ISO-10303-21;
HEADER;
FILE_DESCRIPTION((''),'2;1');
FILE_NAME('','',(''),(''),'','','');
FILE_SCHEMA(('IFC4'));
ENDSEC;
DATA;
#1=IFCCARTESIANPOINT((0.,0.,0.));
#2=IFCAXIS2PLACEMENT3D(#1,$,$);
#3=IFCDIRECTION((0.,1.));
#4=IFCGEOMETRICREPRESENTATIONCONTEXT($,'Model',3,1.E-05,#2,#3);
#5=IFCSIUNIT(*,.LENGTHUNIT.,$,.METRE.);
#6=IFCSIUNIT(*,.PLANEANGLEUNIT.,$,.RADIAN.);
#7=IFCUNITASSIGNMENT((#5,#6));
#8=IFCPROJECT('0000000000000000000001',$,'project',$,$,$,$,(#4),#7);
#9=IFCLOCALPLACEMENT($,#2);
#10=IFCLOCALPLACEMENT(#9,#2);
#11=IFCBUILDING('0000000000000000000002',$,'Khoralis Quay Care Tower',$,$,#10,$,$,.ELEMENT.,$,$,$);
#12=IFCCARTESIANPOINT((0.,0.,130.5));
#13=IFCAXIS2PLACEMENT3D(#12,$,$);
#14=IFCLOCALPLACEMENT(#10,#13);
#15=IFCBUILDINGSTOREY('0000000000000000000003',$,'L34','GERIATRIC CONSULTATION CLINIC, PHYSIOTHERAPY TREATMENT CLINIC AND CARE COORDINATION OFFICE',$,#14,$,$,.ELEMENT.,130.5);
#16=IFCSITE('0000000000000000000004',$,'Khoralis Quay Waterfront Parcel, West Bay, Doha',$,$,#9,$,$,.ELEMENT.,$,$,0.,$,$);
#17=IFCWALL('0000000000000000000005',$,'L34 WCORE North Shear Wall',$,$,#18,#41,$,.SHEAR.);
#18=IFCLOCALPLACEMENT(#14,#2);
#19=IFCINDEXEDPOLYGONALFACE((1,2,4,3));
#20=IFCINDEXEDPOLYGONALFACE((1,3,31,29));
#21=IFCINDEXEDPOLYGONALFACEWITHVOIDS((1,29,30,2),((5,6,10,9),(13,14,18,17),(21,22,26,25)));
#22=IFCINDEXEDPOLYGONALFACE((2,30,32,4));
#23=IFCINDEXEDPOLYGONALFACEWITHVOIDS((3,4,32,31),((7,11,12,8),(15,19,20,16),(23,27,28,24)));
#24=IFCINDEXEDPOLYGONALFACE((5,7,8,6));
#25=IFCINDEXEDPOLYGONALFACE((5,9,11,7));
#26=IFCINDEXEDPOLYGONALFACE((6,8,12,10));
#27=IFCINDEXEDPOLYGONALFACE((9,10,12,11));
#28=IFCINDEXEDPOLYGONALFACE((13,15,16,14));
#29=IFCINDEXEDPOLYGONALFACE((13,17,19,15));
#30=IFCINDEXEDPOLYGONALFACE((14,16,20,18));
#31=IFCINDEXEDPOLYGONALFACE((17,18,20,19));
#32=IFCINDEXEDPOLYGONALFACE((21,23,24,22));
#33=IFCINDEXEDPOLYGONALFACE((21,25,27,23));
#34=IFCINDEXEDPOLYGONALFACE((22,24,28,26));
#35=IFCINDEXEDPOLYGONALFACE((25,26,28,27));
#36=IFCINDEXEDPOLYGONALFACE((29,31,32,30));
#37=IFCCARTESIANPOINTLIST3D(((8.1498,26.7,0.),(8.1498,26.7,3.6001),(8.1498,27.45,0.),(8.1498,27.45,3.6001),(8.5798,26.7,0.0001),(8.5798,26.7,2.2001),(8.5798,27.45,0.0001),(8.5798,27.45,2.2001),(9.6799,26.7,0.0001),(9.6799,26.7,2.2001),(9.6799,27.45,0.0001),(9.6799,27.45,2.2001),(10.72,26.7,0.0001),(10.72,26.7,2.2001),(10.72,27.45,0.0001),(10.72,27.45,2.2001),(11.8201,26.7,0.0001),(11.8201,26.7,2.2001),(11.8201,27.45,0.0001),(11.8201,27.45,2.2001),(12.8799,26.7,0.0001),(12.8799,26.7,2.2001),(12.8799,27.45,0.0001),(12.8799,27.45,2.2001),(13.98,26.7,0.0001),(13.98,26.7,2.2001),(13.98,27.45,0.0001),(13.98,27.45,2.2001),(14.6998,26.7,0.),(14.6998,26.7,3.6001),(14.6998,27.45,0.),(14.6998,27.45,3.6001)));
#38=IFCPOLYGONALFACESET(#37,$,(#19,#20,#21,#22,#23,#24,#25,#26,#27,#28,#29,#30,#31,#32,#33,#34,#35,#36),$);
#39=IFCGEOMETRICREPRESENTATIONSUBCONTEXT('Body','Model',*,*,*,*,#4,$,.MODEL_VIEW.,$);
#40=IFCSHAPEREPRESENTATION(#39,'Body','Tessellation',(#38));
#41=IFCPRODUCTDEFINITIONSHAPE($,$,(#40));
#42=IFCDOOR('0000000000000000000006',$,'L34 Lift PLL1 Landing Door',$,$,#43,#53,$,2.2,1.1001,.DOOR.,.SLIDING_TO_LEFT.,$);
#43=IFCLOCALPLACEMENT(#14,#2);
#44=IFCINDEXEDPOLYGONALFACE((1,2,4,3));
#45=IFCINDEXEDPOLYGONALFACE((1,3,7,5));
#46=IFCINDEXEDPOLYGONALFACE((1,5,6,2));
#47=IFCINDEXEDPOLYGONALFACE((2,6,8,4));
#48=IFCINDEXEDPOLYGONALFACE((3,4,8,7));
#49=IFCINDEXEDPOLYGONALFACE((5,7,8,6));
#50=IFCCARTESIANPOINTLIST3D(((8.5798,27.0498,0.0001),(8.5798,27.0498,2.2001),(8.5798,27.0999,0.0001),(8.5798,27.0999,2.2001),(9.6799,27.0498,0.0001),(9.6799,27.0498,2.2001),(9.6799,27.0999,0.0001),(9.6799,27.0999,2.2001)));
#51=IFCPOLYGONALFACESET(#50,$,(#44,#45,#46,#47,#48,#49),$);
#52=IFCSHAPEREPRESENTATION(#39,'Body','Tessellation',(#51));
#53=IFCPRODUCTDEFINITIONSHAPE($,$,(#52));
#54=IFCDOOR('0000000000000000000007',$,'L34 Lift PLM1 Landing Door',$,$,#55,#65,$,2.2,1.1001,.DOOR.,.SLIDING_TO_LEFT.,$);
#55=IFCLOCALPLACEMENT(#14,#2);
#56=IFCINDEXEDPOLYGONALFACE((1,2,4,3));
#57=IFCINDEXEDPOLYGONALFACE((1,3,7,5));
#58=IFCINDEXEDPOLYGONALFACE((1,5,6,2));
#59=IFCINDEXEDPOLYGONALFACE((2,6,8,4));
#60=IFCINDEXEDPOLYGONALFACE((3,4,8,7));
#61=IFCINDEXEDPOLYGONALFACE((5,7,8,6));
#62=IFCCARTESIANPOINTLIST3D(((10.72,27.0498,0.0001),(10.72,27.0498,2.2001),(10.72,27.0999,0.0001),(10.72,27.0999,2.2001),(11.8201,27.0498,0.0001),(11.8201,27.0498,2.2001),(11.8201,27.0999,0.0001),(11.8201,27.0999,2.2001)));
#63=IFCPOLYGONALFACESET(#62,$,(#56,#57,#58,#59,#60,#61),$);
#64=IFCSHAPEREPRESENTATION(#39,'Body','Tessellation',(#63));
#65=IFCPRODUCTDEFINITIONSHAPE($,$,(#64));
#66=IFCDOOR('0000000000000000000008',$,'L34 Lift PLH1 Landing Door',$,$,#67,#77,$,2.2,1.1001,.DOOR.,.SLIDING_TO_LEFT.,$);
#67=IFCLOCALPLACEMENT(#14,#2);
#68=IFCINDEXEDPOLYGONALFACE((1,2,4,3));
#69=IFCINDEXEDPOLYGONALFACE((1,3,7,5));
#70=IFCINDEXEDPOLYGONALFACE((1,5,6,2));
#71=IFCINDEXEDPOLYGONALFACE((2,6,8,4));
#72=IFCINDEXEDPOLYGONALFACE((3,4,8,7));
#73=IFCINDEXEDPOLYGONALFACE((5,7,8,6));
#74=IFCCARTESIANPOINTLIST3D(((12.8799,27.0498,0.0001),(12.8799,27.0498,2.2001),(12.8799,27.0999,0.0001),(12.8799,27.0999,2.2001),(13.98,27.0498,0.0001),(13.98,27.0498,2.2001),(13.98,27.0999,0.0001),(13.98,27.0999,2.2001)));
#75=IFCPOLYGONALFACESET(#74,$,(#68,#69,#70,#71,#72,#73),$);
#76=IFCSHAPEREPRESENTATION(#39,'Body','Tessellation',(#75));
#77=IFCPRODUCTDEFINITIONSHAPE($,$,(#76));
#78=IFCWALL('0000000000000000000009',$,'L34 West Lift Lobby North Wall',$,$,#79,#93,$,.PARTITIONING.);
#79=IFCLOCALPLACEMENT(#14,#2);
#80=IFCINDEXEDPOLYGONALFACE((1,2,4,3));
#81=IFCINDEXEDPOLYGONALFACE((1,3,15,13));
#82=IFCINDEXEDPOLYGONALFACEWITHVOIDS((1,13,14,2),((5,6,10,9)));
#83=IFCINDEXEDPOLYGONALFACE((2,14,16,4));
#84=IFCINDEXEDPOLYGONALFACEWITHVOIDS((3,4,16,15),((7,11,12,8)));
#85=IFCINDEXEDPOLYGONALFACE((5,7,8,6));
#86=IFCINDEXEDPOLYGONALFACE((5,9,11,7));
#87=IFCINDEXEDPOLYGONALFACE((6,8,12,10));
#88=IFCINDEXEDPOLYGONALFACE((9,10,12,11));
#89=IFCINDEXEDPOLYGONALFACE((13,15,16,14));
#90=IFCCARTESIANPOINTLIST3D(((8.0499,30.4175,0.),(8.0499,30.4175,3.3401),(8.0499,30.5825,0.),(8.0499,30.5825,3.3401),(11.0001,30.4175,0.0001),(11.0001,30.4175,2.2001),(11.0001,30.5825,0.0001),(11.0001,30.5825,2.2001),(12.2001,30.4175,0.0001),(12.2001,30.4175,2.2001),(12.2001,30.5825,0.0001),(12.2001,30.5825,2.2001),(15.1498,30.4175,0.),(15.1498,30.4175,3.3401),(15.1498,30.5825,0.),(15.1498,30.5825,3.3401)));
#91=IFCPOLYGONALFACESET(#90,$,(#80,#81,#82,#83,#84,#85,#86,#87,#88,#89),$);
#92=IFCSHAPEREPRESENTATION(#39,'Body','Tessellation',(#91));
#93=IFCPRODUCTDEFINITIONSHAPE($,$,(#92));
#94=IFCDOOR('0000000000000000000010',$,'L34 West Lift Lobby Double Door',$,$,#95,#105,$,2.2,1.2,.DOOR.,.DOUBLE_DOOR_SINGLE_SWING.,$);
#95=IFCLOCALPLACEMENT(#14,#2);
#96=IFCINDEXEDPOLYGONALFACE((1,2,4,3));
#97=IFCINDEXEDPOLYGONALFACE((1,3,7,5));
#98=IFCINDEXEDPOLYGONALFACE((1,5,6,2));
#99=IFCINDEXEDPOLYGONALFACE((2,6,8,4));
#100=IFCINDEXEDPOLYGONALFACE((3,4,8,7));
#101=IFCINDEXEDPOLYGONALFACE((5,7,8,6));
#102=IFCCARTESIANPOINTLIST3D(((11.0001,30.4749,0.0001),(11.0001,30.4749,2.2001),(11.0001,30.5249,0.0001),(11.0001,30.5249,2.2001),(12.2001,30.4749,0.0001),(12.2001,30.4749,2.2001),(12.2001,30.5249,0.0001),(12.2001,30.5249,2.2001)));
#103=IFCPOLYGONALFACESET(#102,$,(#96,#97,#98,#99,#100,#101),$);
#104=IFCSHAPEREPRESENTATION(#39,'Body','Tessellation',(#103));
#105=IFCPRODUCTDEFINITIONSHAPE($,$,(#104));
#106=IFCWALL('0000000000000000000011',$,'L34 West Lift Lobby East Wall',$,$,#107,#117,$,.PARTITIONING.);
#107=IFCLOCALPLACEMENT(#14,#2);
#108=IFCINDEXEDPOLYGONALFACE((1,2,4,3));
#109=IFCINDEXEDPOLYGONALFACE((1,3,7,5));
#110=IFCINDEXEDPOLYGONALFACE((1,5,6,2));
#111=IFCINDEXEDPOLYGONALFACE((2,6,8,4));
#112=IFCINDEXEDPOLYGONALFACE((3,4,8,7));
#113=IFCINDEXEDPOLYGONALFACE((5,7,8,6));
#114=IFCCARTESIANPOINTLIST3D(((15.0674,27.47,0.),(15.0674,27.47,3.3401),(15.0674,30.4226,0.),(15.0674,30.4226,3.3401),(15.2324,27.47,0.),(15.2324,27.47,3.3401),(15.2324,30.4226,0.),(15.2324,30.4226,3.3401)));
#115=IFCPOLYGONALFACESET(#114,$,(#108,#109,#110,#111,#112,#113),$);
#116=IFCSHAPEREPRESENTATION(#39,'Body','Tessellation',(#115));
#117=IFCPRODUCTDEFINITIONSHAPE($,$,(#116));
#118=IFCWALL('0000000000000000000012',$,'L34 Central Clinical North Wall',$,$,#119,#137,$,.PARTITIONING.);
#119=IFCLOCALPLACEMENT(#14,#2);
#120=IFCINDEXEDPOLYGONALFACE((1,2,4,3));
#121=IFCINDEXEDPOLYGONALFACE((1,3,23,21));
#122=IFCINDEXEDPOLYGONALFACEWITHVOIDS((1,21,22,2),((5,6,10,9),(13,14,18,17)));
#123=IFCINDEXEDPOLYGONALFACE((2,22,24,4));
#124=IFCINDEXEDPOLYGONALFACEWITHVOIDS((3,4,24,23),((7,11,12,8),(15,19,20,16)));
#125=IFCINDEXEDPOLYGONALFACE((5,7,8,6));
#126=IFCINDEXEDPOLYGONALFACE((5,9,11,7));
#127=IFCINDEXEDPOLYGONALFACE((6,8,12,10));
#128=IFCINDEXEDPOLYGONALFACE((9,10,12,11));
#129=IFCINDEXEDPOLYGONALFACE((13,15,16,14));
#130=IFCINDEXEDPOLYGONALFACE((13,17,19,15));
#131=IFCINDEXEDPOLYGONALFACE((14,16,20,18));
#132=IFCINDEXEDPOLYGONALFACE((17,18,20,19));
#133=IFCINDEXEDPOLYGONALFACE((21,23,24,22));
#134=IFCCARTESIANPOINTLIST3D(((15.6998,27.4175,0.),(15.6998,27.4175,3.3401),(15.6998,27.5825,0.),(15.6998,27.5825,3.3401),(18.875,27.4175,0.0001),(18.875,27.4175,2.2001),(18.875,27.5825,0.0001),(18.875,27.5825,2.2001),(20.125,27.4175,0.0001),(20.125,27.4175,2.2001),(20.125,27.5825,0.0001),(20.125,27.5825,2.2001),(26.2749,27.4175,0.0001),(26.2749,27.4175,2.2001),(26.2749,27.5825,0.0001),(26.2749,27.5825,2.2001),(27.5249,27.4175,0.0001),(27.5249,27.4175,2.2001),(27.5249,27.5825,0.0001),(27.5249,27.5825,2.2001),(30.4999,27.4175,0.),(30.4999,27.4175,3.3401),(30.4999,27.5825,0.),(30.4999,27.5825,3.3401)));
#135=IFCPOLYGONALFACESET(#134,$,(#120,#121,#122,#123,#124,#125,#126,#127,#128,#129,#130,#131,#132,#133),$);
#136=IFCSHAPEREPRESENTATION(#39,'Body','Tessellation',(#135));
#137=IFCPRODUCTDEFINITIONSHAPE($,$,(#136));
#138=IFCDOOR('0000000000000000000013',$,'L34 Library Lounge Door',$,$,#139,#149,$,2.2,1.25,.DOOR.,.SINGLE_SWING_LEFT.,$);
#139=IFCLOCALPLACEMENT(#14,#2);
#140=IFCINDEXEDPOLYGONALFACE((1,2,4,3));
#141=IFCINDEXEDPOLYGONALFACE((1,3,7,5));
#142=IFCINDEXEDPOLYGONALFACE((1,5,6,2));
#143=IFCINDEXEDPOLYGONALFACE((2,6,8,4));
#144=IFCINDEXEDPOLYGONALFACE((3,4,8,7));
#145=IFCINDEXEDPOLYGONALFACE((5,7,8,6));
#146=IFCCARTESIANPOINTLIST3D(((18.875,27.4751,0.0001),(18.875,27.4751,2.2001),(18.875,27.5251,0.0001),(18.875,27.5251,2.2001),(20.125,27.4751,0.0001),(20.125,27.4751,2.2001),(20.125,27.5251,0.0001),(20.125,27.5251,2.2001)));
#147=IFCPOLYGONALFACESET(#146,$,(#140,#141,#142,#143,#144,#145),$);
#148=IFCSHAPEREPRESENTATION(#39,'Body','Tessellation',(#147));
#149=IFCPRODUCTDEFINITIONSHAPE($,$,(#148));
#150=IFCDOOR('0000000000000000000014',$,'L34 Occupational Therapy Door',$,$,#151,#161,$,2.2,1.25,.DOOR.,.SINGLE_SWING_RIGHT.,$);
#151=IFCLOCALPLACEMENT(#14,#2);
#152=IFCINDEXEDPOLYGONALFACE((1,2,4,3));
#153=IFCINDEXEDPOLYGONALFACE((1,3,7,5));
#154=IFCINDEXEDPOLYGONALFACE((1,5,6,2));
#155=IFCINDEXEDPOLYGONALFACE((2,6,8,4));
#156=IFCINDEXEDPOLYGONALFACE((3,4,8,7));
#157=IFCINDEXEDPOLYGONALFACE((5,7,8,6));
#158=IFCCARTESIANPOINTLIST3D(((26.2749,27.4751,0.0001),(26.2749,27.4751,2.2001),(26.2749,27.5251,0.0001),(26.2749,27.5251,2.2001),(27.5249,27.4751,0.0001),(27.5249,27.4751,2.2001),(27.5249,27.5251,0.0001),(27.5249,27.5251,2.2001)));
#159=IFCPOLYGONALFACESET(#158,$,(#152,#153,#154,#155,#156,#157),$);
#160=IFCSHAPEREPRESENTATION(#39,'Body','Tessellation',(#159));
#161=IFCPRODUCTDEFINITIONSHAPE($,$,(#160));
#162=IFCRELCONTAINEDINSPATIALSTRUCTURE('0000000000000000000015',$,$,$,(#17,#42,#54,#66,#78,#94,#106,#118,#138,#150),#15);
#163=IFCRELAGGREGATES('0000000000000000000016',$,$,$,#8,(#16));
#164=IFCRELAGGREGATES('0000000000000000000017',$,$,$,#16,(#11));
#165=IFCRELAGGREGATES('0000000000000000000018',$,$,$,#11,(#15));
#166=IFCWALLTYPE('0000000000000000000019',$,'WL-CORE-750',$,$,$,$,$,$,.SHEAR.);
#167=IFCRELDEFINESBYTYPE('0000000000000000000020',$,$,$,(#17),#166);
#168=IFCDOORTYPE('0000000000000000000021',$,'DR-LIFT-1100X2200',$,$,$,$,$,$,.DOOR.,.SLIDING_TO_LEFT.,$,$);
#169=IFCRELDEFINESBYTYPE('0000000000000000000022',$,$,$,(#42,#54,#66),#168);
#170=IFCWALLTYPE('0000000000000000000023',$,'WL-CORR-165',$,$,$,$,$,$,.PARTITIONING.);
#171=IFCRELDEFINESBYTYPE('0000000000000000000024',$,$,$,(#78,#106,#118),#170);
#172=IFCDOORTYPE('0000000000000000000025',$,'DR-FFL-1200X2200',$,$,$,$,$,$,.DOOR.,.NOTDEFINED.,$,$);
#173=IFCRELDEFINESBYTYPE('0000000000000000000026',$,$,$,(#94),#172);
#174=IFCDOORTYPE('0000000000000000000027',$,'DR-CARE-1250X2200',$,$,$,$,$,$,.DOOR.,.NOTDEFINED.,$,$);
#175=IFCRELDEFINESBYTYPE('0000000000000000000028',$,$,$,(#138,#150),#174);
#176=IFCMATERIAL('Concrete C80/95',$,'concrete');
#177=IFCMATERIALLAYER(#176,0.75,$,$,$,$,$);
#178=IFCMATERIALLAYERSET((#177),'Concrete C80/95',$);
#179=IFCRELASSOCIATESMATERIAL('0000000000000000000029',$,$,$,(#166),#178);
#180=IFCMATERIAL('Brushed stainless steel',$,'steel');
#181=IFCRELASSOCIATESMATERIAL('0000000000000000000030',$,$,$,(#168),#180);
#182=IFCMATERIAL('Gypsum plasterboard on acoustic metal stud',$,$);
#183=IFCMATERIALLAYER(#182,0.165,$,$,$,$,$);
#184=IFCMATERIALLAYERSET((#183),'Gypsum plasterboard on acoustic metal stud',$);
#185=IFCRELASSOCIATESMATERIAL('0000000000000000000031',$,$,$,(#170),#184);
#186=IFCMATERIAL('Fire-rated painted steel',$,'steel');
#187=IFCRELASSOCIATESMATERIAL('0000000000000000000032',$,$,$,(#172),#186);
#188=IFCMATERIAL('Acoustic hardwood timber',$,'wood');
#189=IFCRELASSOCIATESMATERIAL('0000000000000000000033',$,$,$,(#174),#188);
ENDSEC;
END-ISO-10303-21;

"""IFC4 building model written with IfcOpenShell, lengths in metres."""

from ifc_helpers import new_model, si_unit, direction, frame, frame_2d, origin, place, context, subcontext, project, spatial, rectangle, extrude, source, transform, mapped, material, layer, layer_set, type_object, element, fill, save


model = new_model("IFC4")

# Units and contexts
model_context = context("Model", 3, precision=1e-05, world=origin(), true_north=direction((0.0, 1.0)))
body_context = subcontext(model_context, "Body", "Model", "MODEL_VIEW")
ifc_project = project(units=[si_unit("LENGTHUNIT", "METRE"), si_unit("PLANEANGLEUNIT", "RADIAN")], contexts=[model_context])

# Site, building, storey
site_placement = place(None, origin())
site = spatial("IfcSite", under=ifc_project, at=site_placement, Name="Khoralis Quay Waterfront Parcel, West Bay, Doha", CompositionType="ELEMENT", RefElevation=0.0)
building_placement = place(site_placement, origin())
building = spatial("IfcBuilding", under=site, at=building_placement, Name="Khoralis Quay Care Tower", CompositionType="ELEMENT")
storey_placement = place(building_placement, frame((0.0, 0.0, 130.5)))
storey = spatial("IfcBuildingStorey", under=building, at=storey_placement, Name="L34", Description="GERIATRIC CONSULTATION CLINIC, PHYSIOTHERAPY TREATMENT CLINIC AND CARE COORDINATION OFFICE", CompositionType="ELEMENT", Elevation=130.5)

# Wall, openings, doors
ifc_material_1 = material(Name="Concrete C80/95", Category="concrete")
ifc_layer_1 = layer(ifc_material_1, 0.75)
ifc_layer_set_1 = layer_set([ifc_layer_1], Name="Concrete C80/95")
wall_type_1 = type_object("IfcWallType", Name="WL-CORE-750", PredefinedType="SHEAR", material=ifc_layer_set_1)
wall_1_placement = place(storey_placement, frame((8.1499, 27.075, 0.0), z_axis=(0.0, 0.0, 1.0), x_axis=(1.0, 0.0, 0.0)))
wall_1 = element("IfcWall", 1, at=wall_1_placement, inside=storey, type_object=wall_type_1, Name="L34 WCORE North Shear Wall", PredefinedType="SHEAR", context=body_context, shape_type="SweptSolid", body=[
    extrude(rectangle(XDim=6.55, YDim=0.75, at=frame_2d((3.2749, 0.0))), origin(), (0.0, 0.0, 1.0), 3.6001),
])
opening_1_placement = place(wall_1_placement, frame((0.4299, 0.0, 0.0)))
opening_1 = element("IfcOpeningElement", 2, at=opening_1_placement, cuts=wall_1, PredefinedType="OPENING", context=body_context, shape_type="SweptSolid", body=[
    extrude(rectangle(XDim=1.1001, YDim=2.2, at=frame_2d((0.55, 1.1001))), frame((0.0, 0.385, 0.0), z_axis=(0.0, -1.0, 0.0), x_axis=(1.0, 0.0, 0.0)), (0.0, 0.0, 1.0), 0.77),
])
opening_2_placement = place(wall_1_placement, frame((2.5701, 0.0, 0.0)))
opening_2 = element("IfcOpeningElement", 3, at=opening_2_placement, cuts=wall_1, PredefinedType="OPENING", context=body_context, shape_type="SweptSolid", body=[
    extrude(rectangle(XDim=1.1001, YDim=2.2, at=frame_2d((0.55, 1.1001))), frame((0.0, 0.385, 0.0), z_axis=(0.0, -1.0, 0.0), x_axis=(1.0, 0.0, 0.0)), (0.0, 0.0, 1.0), 0.77),
])
opening_3_placement = place(wall_1_placement, frame((4.73, 0.0, 0.0)))
opening_3 = element("IfcOpeningElement", 4, at=opening_3_placement, cuts=wall_1, PredefinedType="OPENING", context=body_context, shape_type="SweptSolid", body=[
    extrude(rectangle(XDim=1.1001, YDim=2.2, at=frame_2d((0.55, 1.1001))), frame((0.0, 0.385, 0.0), z_axis=(0.0, -1.0, 0.0), x_axis=(1.0, 0.0, 0.0)), (0.0, 0.0, 1.0), 0.77),
])
ifc_material_2 = material(Name="Brushed stainless steel", Category="steel")
door_type_1 = type_object("IfcDoorType", Name="DR-LIFT-1100X2200", OperationType="SLIDING_TO_LEFT", PredefinedType="DOOR", material=ifc_material_2)
shared_shape_1 = source(origin(), body_context, "Body", "SweptSolid", [
    extrude(rectangle(XDim=1.1001, YDim=2.2, at=frame_2d((0.55, 1.1001))), frame((0.0, 0.0249, 0.0), z_axis=(0.0, -1.0, 0.0), x_axis=(1.0, 0.0, 0.0)), (0.0, 0.0, 1.0), 0.05),
])
door_1_placement = place(opening_1_placement, origin())
door_1 = element("IfcDoor", 5, at=door_1_placement, inside=storey, type_object=door_type_1, Name="L34 Lift PLL1 Landing Door", OperationType="SLIDING_TO_LEFT", OverallHeight=2.2, OverallWidth=1.1001, PredefinedType="DOOR", context=body_context, shape_type="MappedRepresentation", body=[
    mapped(shared_shape_1, transform((0.0, 0.0, 0.0), scale=1.0)),
])
fill(opening_1, door_1)
door_2_placement = place(opening_2_placement, origin())
door_2 = element("IfcDoor", 6, at=door_2_placement, inside=storey, type_object=door_type_1, Name="L34 Lift PLM1 Landing Door", OperationType="SLIDING_TO_LEFT", OverallHeight=2.2, OverallWidth=1.1001, PredefinedType="DOOR", context=body_context, shape_type="MappedRepresentation", body=[
    mapped(shared_shape_1, transform((0.0, 0.0, 0.0), scale=1.0)),
])
fill(opening_2, door_2)
door_3_placement = place(opening_3_placement, origin())
door_3 = element("IfcDoor", 7, at=door_3_placement, inside=storey, type_object=door_type_1, Name="L34 Lift PLH1 Landing Door", OperationType="SLIDING_TO_LEFT", OverallHeight=2.2, OverallWidth=1.1001, PredefinedType="DOOR", context=body_context, shape_type="MappedRepresentation", body=[
    mapped(shared_shape_1, transform((0.0, 0.0, 0.0), scale=1.0)),
])
fill(opening_3, door_3)

# Wall, opening, door
ifc_material_3 = material(Name="Gypsum plasterboard on acoustic metal stud")
ifc_layer_2 = layer(ifc_material_3, 0.165)
ifc_layer_set_2 = layer_set([ifc_layer_2], Name="Gypsum plasterboard on acoustic metal stud")
wall_type_2 = type_object("IfcWallType", Name="WL-CORR-165", PredefinedType="PARTITIONING", material=ifc_layer_set_2)
wall_2_placement = place(storey_placement, frame((8.05, 30.5, 0.0), z_axis=(0.0, 0.0, 1.0), x_axis=(1.0, 0.0, 0.0)))
wall_2 = element("IfcWall", 8, at=wall_2_placement, inside=storey, type_object=wall_type_2, Name="L34 West Lift Lobby North Wall", PredefinedType="PARTITIONING", context=body_context, shape_type="SweptSolid", body=[
    extrude(rectangle(XDim=7.0999, YDim=0.165, at=frame_2d((3.5498, 0.0))), origin(), (0.0, 0.0, 1.0), 3.3401),
])
opening_4_placement = place(wall_2_placement, frame((2.95, 0.0, 0.0)))
opening_4 = element("IfcOpeningElement", 9, at=opening_4_placement, cuts=wall_2, PredefinedType="OPENING", context=body_context, shape_type="SweptSolid", body=[
    extrude(rectangle(XDim=1.2, YDim=2.2, at=frame_2d((0.6001, 1.1001))), frame((0.0, 0.0925, 0.0), z_axis=(0.0, -1.0, 0.0), x_axis=(1.0, 0.0, 0.0)), (0.0, 0.0, 1.0), 0.1851),
])
ifc_material_4 = material(Name="Fire-rated painted steel", Category="steel")
door_type_2 = type_object("IfcDoorType", Name="DR-FFL-1200X2200", OperationType="NOTDEFINED", PredefinedType="DOOR", material=ifc_material_4)
shared_shape_2 = source(origin(), body_context, "Body", "SweptSolid", [
    extrude(rectangle(XDim=1.2, YDim=2.2, at=frame_2d((0.6001, 1.1001))), frame((0.0, 0.0249, 0.0), z_axis=(0.0, -1.0, 0.0), x_axis=(1.0, 0.0, 0.0)), (0.0, 0.0, 1.0), 0.05),
])
door_4_placement = place(opening_4_placement, origin())
door_4 = element("IfcDoor", 10, at=door_4_placement, inside=storey, type_object=door_type_2, Name="L34 West Lift Lobby Double Door", OperationType="DOUBLE_DOOR_SINGLE_SWING", OverallHeight=2.2, OverallWidth=1.2, PredefinedType="DOOR", context=body_context, shape_type="MappedRepresentation", body=[
    mapped(shared_shape_2, transform((0.0, 0.0, 0.0), scale=1.0)),
])
fill(opening_4, door_4)

# Wall
wall_3_placement = place(storey_placement, frame((15.1499, 27.47, 0.0), z_axis=(0.0, 0.0, 1.0), x_axis=(0.0, 1.0, 0.0)))
element("IfcWall", 11, at=wall_3_placement, inside=storey, type_object=wall_type_2, Name="L34 West Lift Lobby East Wall", PredefinedType="PARTITIONING", context=body_context, shape_type="SweptSolid", body=[
    extrude(rectangle(XDim=2.9526, YDim=0.165, at=frame_2d((1.4763, 0.0))), origin(), (0.0, 0.0, 1.0), 3.3401),
])

# Wall, openings, doors
wall_4_placement = place(storey_placement, frame((15.7, 27.5, 0.0), z_axis=(0.0, 0.0, 1.0), x_axis=(1.0, 0.0, 0.0)))
wall_4 = element("IfcWall", 12, at=wall_4_placement, inside=storey, type_object=wall_type_2, Name="L34 Central Clinical North Wall", PredefinedType="PARTITIONING", context=body_context, shape_type="SweptSolid", body=[
    extrude(rectangle(XDim=14.8, YDim=0.165, at=frame_2d((7.3999, 0.0))), origin(), (0.0, 0.0, 1.0), 3.3401),
])
opening_5_placement = place(wall_4_placement, frame((3.175, 0.0, 0.0)))
opening_5 = element("IfcOpeningElement", 13, at=opening_5_placement, cuts=wall_4, PredefinedType="OPENING", context=body_context, shape_type="SweptSolid", body=[
    extrude(rectangle(XDim=1.25, YDim=2.2, at=frame_2d((0.625, 1.1001))), frame((0.0, 0.0925, 0.0), z_axis=(0.0, -1.0, 0.0), x_axis=(1.0, 0.0, 0.0)), (0.0, 0.0, 1.0), 0.1851),
])
opening_6_placement = place(wall_4_placement, frame((10.575, 0.0, 0.0)))
opening_6 = element("IfcOpeningElement", 14, at=opening_6_placement, cuts=wall_4, PredefinedType="OPENING", context=body_context, shape_type="SweptSolid", body=[
    extrude(rectangle(XDim=1.25, YDim=2.2, at=frame_2d((0.625, 1.1001))), frame((0.0, 0.0925, 0.0), z_axis=(0.0, -1.0, 0.0), x_axis=(1.0, 0.0, 0.0)), (0.0, 0.0, 1.0), 0.1851),
])
ifc_material_5 = material(Name="Acoustic hardwood timber", Category="wood")
door_type_3 = type_object("IfcDoorType", Name="DR-CARE-1250X2200", OperationType="NOTDEFINED", PredefinedType="DOOR", material=ifc_material_5)
shared_shape_3 = source(origin(), body_context, "Body", "SweptSolid", [
    extrude(rectangle(XDim=1.25, YDim=2.2, at=frame_2d((0.625, 1.1001))), frame((0.0, 0.0249, 0.0), z_axis=(0.0, -1.0, 0.0), x_axis=(1.0, 0.0, 0.0)), (0.0, 0.0, 1.0), 0.05),
])
door_5_placement = place(opening_5_placement, frame((1.25, 0.0, 0.0), z_axis=(0.0, 0.0, 1.0), x_axis=(-1.0, 0.0, 0.0)))
door_5 = element("IfcDoor", 15, at=door_5_placement, inside=storey, type_object=door_type_3, Name="L34 Library Lounge Door", OperationType="SINGLE_SWING_LEFT", OverallHeight=2.2, OverallWidth=1.25, PredefinedType="DOOR", context=body_context, shape_type="MappedRepresentation", body=[
    mapped(shared_shape_3, transform((0.0, 0.0, 0.0), scale=1.0)),
])
fill(opening_5, door_5)
door_6_placement = place(opening_6_placement, frame((1.25, 0.0, 0.0), z_axis=(0.0, 0.0, 1.0), x_axis=(-1.0, 0.0, 0.0)))
door_6 = element("IfcDoor", 16, at=door_6_placement, inside=storey, type_object=door_type_3, Name="L34 Occupational Therapy Door", OperationType="SINGLE_SWING_RIGHT", OverallHeight=2.2, OverallWidth=1.25, PredefinedType="DOOR", context=body_context, shape_type="MappedRepresentation", body=[
    mapped(shared_shape_3, transform((0.0, 0.0, 0.0), scale=1.0)),
])
fill(opening_6, door_6)

save(model, "model.ifc")
